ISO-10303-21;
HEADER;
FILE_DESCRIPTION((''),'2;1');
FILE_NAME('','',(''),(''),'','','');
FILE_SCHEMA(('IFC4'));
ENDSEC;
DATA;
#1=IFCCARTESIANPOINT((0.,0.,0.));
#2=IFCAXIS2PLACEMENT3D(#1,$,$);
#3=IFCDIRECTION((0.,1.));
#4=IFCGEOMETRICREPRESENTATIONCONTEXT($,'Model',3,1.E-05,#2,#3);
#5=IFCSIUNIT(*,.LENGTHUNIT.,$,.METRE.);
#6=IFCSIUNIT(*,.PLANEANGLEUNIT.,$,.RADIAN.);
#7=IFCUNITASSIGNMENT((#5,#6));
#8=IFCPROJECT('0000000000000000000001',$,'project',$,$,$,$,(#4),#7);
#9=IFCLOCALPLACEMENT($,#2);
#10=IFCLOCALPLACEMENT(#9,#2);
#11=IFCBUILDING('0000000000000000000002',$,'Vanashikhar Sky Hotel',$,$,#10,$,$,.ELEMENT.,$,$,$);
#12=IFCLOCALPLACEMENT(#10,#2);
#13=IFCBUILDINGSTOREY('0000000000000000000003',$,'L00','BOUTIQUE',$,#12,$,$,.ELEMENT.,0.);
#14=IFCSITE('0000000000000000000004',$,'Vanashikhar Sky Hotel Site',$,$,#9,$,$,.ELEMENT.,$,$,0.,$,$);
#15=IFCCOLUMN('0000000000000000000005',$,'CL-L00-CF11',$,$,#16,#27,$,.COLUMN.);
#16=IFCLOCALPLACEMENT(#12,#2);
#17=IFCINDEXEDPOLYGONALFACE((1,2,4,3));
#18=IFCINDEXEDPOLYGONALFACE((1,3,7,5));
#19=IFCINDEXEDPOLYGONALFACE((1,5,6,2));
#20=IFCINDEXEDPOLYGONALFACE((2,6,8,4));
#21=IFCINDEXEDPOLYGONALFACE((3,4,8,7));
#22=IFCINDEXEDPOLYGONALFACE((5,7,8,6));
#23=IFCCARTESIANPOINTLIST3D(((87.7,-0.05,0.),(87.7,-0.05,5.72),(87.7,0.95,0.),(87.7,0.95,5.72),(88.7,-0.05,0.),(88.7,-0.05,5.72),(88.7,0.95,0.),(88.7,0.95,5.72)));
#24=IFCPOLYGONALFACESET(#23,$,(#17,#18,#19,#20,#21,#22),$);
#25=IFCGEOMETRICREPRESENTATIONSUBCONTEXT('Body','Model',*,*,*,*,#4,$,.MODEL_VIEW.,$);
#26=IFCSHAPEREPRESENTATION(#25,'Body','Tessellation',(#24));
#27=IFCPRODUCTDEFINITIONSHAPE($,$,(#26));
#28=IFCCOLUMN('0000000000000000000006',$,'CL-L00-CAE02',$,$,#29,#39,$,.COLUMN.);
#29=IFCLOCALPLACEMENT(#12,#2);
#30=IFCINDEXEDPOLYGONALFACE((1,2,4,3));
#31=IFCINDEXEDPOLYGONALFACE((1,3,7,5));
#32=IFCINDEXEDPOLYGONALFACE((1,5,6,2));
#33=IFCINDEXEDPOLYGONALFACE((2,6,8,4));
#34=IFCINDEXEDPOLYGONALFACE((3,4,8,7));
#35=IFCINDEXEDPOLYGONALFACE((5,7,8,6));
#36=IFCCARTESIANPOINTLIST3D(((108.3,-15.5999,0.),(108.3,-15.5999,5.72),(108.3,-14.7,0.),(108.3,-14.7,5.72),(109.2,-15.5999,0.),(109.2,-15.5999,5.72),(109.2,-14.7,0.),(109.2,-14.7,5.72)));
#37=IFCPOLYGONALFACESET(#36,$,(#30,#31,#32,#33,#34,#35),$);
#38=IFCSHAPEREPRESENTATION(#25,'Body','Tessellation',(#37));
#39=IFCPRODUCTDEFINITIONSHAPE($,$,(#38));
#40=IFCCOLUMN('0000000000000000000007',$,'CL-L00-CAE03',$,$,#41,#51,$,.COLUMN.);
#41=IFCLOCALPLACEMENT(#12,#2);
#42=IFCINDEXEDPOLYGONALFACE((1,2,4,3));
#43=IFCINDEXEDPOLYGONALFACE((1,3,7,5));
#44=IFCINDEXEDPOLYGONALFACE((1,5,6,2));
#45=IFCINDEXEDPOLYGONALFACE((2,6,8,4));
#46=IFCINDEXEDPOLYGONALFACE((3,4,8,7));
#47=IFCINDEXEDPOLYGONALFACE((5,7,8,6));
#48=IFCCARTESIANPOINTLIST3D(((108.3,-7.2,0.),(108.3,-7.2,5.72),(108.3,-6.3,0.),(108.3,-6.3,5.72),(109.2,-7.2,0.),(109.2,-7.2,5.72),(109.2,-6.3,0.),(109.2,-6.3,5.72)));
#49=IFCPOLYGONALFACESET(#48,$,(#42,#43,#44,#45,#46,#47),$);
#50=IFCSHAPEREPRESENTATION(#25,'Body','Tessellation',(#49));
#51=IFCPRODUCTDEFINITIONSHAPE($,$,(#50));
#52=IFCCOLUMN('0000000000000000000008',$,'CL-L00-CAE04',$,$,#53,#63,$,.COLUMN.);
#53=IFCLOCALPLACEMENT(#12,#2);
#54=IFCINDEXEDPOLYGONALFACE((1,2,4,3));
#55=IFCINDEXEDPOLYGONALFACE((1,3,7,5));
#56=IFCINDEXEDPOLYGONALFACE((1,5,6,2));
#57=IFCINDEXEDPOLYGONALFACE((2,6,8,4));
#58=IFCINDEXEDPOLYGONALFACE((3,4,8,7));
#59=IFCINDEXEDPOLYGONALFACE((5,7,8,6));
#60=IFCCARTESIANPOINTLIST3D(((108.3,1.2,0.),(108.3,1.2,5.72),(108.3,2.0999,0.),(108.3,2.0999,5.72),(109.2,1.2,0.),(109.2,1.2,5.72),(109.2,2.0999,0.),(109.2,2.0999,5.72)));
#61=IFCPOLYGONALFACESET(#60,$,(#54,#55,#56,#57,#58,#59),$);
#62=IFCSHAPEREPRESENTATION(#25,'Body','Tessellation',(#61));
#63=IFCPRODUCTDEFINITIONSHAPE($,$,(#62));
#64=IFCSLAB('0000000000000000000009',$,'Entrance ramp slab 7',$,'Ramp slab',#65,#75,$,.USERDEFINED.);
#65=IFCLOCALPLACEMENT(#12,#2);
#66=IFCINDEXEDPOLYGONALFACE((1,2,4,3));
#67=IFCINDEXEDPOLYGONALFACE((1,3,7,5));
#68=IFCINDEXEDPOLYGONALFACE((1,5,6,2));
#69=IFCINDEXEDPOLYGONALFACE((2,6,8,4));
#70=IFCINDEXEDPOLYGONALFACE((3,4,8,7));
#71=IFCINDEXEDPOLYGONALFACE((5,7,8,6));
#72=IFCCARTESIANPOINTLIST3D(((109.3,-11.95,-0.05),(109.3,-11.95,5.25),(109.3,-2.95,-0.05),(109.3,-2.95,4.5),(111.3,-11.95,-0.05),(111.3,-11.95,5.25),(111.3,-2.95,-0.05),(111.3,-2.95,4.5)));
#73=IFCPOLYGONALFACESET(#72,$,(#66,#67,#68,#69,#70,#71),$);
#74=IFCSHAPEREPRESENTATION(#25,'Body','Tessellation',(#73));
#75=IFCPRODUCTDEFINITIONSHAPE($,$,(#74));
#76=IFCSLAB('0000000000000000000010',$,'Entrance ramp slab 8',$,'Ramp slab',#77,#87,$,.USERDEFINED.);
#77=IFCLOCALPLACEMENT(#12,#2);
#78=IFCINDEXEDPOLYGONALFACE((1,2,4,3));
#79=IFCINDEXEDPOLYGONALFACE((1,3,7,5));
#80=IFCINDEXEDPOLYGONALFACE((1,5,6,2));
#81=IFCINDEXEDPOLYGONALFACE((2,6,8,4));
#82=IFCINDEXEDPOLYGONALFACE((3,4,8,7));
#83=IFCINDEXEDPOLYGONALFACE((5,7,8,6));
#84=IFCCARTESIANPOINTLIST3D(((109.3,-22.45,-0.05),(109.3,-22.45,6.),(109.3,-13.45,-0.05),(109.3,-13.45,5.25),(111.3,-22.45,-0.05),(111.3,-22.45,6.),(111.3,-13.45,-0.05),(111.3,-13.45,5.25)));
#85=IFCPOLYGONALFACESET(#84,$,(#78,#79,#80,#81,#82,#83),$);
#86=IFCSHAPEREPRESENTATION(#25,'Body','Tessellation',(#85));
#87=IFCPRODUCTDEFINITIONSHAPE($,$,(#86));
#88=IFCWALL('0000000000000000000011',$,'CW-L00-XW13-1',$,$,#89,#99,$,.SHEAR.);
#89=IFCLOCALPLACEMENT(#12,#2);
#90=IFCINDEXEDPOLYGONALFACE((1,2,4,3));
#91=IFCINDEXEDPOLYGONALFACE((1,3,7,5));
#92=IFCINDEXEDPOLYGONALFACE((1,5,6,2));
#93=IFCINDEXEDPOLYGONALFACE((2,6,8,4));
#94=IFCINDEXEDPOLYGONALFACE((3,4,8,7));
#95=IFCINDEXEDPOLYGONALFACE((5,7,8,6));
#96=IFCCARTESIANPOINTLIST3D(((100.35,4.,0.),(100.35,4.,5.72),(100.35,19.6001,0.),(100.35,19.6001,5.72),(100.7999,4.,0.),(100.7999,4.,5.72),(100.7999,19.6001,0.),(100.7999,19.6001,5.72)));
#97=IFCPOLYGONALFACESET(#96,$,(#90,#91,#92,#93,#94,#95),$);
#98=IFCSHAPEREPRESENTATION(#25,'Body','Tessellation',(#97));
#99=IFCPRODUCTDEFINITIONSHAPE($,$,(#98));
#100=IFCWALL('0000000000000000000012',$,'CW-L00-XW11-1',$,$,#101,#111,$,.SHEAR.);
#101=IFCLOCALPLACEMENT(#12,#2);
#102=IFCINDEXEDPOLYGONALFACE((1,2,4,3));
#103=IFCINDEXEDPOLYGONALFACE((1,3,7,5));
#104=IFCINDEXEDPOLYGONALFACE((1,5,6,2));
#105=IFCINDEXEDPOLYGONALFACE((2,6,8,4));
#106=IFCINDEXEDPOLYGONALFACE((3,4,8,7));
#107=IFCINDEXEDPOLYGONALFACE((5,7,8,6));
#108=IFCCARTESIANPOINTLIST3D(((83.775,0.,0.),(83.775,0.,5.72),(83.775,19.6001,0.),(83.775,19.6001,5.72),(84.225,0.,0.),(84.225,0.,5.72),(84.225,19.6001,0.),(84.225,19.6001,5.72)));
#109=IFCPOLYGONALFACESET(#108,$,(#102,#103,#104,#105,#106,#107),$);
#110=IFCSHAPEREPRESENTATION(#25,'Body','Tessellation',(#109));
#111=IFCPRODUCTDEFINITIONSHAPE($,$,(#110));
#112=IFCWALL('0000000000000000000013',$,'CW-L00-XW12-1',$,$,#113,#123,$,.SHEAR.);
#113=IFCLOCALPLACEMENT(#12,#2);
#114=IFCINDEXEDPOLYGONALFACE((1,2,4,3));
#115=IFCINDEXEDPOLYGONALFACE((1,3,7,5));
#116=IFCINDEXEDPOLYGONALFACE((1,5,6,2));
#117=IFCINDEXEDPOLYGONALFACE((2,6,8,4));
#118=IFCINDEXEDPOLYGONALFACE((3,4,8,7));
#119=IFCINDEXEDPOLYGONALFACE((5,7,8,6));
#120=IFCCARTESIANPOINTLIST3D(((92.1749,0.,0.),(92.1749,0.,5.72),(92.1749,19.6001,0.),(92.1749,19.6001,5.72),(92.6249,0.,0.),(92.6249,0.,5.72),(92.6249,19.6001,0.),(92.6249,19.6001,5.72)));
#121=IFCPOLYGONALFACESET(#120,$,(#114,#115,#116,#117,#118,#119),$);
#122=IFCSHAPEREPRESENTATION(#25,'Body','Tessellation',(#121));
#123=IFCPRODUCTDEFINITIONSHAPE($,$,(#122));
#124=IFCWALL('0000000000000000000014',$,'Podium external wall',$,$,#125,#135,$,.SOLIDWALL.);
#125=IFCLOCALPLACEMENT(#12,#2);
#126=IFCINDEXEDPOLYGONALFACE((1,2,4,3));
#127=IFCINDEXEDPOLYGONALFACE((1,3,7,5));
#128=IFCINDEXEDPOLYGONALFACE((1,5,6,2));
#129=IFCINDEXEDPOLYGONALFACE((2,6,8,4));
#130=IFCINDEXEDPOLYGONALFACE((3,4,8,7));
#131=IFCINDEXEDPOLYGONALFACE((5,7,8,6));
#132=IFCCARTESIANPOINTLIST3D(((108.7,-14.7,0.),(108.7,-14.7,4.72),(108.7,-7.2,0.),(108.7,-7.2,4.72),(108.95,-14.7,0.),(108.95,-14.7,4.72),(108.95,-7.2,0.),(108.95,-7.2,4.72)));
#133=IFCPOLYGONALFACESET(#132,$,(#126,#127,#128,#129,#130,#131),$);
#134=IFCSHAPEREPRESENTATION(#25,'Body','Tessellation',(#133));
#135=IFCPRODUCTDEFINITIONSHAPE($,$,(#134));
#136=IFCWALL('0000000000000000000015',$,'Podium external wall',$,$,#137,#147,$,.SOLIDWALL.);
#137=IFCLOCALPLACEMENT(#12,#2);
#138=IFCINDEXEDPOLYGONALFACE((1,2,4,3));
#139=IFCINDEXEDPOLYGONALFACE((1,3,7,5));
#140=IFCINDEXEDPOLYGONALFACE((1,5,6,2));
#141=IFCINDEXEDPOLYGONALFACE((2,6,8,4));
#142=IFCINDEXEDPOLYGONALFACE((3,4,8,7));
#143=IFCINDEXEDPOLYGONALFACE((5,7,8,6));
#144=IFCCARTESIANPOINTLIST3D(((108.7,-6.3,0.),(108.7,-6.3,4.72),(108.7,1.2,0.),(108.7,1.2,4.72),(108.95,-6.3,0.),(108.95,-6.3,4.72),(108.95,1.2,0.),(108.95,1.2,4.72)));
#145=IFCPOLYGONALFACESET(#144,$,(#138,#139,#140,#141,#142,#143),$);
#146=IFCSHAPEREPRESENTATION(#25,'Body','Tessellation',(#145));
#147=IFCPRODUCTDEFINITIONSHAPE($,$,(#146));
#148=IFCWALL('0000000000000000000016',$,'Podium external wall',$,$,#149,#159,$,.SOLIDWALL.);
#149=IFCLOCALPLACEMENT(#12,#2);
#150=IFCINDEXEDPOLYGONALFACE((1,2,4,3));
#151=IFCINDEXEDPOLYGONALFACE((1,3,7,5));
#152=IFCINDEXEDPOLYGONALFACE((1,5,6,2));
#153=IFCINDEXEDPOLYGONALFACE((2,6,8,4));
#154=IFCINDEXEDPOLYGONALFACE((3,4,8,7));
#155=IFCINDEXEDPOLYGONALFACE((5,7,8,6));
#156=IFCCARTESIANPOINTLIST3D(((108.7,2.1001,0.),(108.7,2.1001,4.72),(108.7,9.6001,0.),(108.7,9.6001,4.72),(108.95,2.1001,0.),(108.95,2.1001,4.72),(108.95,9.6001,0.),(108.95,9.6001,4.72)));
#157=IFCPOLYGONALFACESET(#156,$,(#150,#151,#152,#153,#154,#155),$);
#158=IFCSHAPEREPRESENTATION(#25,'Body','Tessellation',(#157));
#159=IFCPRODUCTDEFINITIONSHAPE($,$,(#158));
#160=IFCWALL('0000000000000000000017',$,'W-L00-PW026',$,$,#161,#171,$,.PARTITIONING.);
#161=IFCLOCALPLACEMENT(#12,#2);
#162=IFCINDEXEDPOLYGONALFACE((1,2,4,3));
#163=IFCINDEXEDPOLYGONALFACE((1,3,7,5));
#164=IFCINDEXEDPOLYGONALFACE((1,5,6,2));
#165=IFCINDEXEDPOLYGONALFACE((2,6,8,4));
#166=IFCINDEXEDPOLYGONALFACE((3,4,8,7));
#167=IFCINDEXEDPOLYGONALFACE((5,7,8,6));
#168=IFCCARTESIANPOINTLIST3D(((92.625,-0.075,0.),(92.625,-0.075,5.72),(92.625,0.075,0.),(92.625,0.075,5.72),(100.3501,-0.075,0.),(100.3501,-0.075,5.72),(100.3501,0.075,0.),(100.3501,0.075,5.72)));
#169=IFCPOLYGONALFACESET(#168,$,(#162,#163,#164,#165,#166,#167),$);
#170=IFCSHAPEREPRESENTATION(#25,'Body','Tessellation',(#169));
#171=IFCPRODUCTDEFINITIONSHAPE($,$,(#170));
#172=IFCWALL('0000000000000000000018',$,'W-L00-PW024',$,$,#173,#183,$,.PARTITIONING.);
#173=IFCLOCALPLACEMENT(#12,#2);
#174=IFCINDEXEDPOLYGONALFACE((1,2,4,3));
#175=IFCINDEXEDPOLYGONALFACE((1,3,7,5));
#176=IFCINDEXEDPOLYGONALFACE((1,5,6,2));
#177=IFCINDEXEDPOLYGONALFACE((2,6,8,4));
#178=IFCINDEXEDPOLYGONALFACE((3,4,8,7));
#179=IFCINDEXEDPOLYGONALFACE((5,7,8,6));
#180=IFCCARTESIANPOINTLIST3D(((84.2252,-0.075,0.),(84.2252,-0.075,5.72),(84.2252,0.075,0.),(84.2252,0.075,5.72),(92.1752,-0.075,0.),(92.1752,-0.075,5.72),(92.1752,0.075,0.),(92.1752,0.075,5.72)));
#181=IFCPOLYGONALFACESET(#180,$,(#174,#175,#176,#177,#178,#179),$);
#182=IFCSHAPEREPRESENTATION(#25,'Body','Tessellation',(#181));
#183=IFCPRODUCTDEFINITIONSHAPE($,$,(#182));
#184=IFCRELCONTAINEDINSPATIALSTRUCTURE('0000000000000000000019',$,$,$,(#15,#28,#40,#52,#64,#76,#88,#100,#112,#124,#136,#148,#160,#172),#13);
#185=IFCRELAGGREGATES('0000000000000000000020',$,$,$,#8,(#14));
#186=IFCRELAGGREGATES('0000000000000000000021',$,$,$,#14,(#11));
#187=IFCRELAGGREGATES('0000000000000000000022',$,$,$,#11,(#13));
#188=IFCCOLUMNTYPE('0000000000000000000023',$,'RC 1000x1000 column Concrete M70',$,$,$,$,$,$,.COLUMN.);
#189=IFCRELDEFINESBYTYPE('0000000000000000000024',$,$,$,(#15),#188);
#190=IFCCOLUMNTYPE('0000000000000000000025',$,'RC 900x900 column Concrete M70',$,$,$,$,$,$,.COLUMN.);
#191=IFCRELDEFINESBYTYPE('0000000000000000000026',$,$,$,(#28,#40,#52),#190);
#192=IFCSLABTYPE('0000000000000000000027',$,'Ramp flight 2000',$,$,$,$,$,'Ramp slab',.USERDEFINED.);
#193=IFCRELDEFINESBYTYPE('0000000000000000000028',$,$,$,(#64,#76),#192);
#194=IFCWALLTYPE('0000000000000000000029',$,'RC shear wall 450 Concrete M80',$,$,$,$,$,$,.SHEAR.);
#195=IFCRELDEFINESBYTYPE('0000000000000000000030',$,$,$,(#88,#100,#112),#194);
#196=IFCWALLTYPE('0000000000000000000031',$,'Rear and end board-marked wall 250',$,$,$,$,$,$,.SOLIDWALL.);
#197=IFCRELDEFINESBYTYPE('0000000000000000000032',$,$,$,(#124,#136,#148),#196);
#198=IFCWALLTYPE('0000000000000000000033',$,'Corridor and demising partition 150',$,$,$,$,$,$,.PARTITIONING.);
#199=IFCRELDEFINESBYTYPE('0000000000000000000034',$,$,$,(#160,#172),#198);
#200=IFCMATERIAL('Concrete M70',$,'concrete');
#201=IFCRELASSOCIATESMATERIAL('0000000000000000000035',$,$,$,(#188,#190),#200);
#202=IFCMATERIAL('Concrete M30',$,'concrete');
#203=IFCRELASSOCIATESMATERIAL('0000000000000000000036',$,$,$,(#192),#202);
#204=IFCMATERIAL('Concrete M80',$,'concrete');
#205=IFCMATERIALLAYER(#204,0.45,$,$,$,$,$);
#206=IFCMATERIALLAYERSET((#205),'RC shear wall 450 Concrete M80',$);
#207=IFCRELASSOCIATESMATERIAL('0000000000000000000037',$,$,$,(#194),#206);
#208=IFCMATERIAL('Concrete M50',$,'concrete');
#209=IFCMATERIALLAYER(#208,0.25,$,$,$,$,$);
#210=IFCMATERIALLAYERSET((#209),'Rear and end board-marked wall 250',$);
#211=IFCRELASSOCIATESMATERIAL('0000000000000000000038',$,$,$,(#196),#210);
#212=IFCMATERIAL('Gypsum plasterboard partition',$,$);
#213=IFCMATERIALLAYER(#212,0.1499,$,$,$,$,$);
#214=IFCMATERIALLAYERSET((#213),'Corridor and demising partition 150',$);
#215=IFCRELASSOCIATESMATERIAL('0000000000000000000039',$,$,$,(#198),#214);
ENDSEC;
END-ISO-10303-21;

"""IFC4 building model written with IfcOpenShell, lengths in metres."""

from ifc_helpers import new_model, si_unit, direction, frame, frame_2d, origin, origin_2d, place, context, subcontext, project, spatial, polyline, rectangle, outline, extrude, source, transform, mapped, material, layer, layer_set, material_profile, profile_set, type_object, element, save


model = new_model("IFC4")

# Units and contexts
model_context = context("Model", 3, precision=1e-05, world=origin(), true_north=direction((0.0, 1.0)))
body_context = subcontext(model_context, "Body", "Model", "MODEL_VIEW")
ifc_project = project(units=[si_unit("LENGTHUNIT", "METRE"), si_unit("PLANEANGLEUNIT", "RADIAN")], contexts=[model_context])

# Site, building, storey
site_placement = place(None, origin())
site = spatial("IfcSite", under=ifc_project, at=site_placement, Name="Vanashikhar Sky Hotel Site", CompositionType="ELEMENT", RefElevation=0.0)
building_placement = place(site_placement, origin())
building = spatial("IfcBuilding", under=site, at=building_placement, Name="Vanashikhar Sky Hotel", CompositionType="ELEMENT")
storey_placement = place(building_placement, origin())
storey = spatial("IfcBuildingStorey", under=building, at=storey_placement, Name="L00", Description="BOUTIQUE", CompositionType="ELEMENT", Elevation=0.0)

# Columns
ifc_material_1 = material(Name="Concrete M70", Category="concrete")
ifc_material_profile_1 = material_profile(ifc_material_1, rectangle(XDim=1.0, YDim=1.0, at=origin_2d()))
ifc_profile_set_1 = profile_set([ifc_material_profile_1], Name="RC 1000x1000 column Concrete M70")
column_type_1 = type_object("IfcColumnType", Name="RC 1000x1000 column Concrete M70", PredefinedType="COLUMN", material=ifc_profile_set_1)
shared_shape_1 = source(origin(), body_context, "Body", "SweptSolid", [
    extrude(rectangle(XDim=1.0, YDim=1.0, at=origin_2d()), origin(), (0.0, 0.0, 1.0), 5.72),
])
column_placement = place(storey_placement, frame((88.2, 0.45, 0.0), z_axis=(0.0, 0.0, 1.0), x_axis=(1.0, 0.0, 0.0)))
element("IfcColumn", 1, at=column_placement, inside=storey, type_object=column_type_1, Name="CL-L00-CF11", PredefinedType="COLUMN", context=body_context, shape_type="MappedRepresentation", body=[
    mapped(shared_shape_1, transform((0.0, 0.0, 0.0), scale=1.0)),
])
ifc_material_profile_2 = material_profile(ifc_material_1, rectangle(XDim=0.8999, YDim=0.8999, at=origin_2d()))
ifc_profile_set_2 = profile_set([ifc_material_profile_2], Name="RC 900x900 column Concrete M70")
column_type_2 = type_object("IfcColumnType", Name="RC 900x900 column Concrete M70", PredefinedType="COLUMN", material=ifc_profile_set_2)
shared_shape_2 = source(origin(), body_context, "Body", "SweptSolid", [
    extrude(rectangle(XDim=0.8999, YDim=0.8999, at=origin_2d()), origin(), (0.0, 0.0, 1.0), 5.72),
])
for number, where, z_axis, x_axis, name in (
    (2, (108.75, -15.1499, 0.0), (0.0, 0.0, 1.0), (1.0, 0.0, 0.0), "CL-L00-CAE02"),
    (3, (108.75, -6.75, 0.0), (0.0, 0.0, 1.0), (1.0, 0.0, 0.0), "CL-L00-CAE03"),
    (4, (108.75, 1.6499, 0.0), (0.0, 0.0, 1.0), (1.0, 0.0, 0.0), "CL-L00-CAE04"),
):
    element("IfcColumn", number, at=place(storey_placement, frame(where, z_axis=z_axis, x_axis=x_axis)), inside=storey, type_object=column_type_2, Name=name, PredefinedType="COLUMN", context=body_context, shape_type="MappedRepresentation", body=[
        mapped(shared_shape_2, transform((0.0, 0.0, 0.0), scale=1.0)),
    ])

# Slabs
ifc_material_2 = material(Name="Concrete M30", Category="concrete")
slab_type = type_object("IfcSlabType", Name="Ramp flight 2000", ElementType="Ramp slab", PredefinedType="USERDEFINED", material=ifc_material_2)
shared_shape_3 = source(origin(), body_context, "Body", "SweptSolid", [
    extrude(outline(polyline([(0.0, 0.0), (9.0, 0.0), (9.0, 5.3), (0.0, 4.55), (0.0, 0.0)])), frame((0.0, 1.0, 0.0), z_axis=(0.0, -1.0, 0.0), x_axis=(1.0, 0.0, 0.0)), (0.0, 0.0, 1.0), 2.0),
])
slab_1_placement = place(storey_placement, frame((110.3, -2.95, -0.05), z_axis=(0.0, 0.0, 1.0), x_axis=(0.0, -1.0, 0.0)))
element("IfcSlab", 5, at=slab_1_placement, inside=storey, type_object=slab_type, Name="Entrance ramp slab 7", ObjectType="Ramp slab", PredefinedType="USERDEFINED", context=body_context, shape_type="MappedRepresentation", body=[
    mapped(shared_shape_3, transform((0.0, 0.0, 0.0), scale=1.0)),
])
shared_shape_4 = source(origin(), body_context, "Body", "SweptSolid", [
    extrude(outline(polyline([(0.0, 0.0), (9.0, 0.0), (9.0, 6.05), (0.0, 5.3), (0.0, 0.0)])), frame((0.0, 1.0, 0.0), z_axis=(0.0, -1.0, 0.0), x_axis=(1.0, 0.0, 0.0)), (0.0, 0.0, 1.0), 2.0),
])
slab_2_placement = place(storey_placement, frame((110.3, -13.45, -0.05), z_axis=(0.0, 0.0, 1.0), x_axis=(0.0, -1.0, 0.0)))
element("IfcSlab", 6, at=slab_2_placement, inside=storey, type_object=slab_type, Name="Entrance ramp slab 8", ObjectType="Ramp slab", PredefinedType="USERDEFINED", context=body_context, shape_type="MappedRepresentation", body=[
    mapped(shared_shape_4, transform((0.0, 0.0, 0.0), scale=1.0)),
])

# Walls
ifc_material_3 = material(Name="Concrete M80", Category="concrete")
ifc_layer_1 = layer(ifc_material_3, 0.45)
ifc_layer_set_1 = layer_set([ifc_layer_1], Name="RC shear wall 450 Concrete M80")
wall_type_1 = type_object("IfcWallType", Name="RC shear wall 450 Concrete M80", PredefinedType="SHEAR", material=ifc_layer_set_1)
shared_shape_5 = source(origin(), body_context, "Body", "SweptSolid", [
    extrude(rectangle(XDim=15.6001, YDim=0.45, at=frame_2d((7.8, 0.0))), origin(), (0.0, 0.0, 1.0), 5.72),
])
wall_1_placement = place(storey_placement, frame((100.575, 4.0, 0.0), z_axis=(0.0, 0.0, 1.0), x_axis=(0.0, 1.0, 0.0)))
element("IfcWall", 7, at=wall_1_placement, inside=storey, type_object=wall_type_1, Name="CW-L00-XW13-1", PredefinedType="SHEAR", context=body_context, shape_type="MappedRepresentation", body=[
    mapped(shared_shape_5, transform((0.0, 0.0, 0.0), scale=1.0)),
])
shared_shape_6 = source(origin(), body_context, "Body", "SweptSolid", [
    extrude(rectangle(XDim=19.6001, YDim=0.45, at=frame_2d((9.8, 0.0))), origin(), (0.0, 0.0, 1.0), 5.72),
])
for number, where, z_axis, x_axis, name in (
    (8, (84.0, 0.0, 0.0), (0.0, 0.0, 1.0), (0.0, 1.0, 0.0), "CW-L00-XW11-1"),
    (9, (92.3999, 0.0, 0.0), (0.0, 0.0, 1.0), (0.0, 1.0, 0.0), "CW-L00-XW12-1"),
):
    element("IfcWall", number, at=place(storey_placement, frame(where, z_axis=z_axis, x_axis=x_axis)), inside=storey, type_object=wall_type_1, Name=name, PredefinedType="SHEAR", context=body_context, shape_type="MappedRepresentation", body=[
        mapped(shared_shape_6, transform((0.0, 0.0, 0.0), scale=1.0)),
    ])
ifc_material_4 = material(Name="Concrete M50", Category="concrete")
ifc_layer_2 = layer(ifc_material_4, 0.25)
ifc_layer_set_2 = layer_set([ifc_layer_2], Name="Rear and end board-marked wall 250")
wall_type_2 = type_object("IfcWallType", Name="Rear and end board-marked wall 250", PredefinedType="SOLIDWALL", material=ifc_layer_set_2)
shared_shape_7 = source(origin(), body_context, "Body", "SweptSolid", [
    extrude(rectangle(XDim=7.5, YDim=0.25, at=frame_2d((3.75, 0.0))), origin(), (0.0, 0.0, 1.0), 4.72),
])
for number, where, z_axis, x_axis, name in (
    (10, (108.825, -14.7, 0.0), (0.0, 0.0, 1.0), (0.0, 1.0, 0.0), "Podium external wall"),
    (11, (108.825, -6.3, 0.0), (0.0, 0.0, 1.0), (0.0, 1.0, 0.0), "Podium external wall"),
    (12, (108.825, 2.1001, 0.0), (0.0, 0.0, 1.0), (0.0, 1.0, 0.0), "Podium external wall"),
):
    element("IfcWall", number, at=place(storey_placement, frame(where, z_axis=z_axis, x_axis=x_axis)), inside=storey, type_object=wall_type_2, Name=name, PredefinedType="SOLIDWALL", context=body_context, shape_type="MappedRepresentation", body=[
        mapped(shared_shape_7, transform((0.0, 0.0, 0.0), scale=1.0)),
    ])
ifc_material_5 = material(Name="Gypsum plasterboard partition")
ifc_layer_3 = layer(ifc_material_5, 0.1499)
ifc_layer_set_3 = layer_set([ifc_layer_3], Name="Corridor and demising partition 150")
wall_type_3 = type_object("IfcWallType", Name="Corridor and demising partition 150", PredefinedType="PARTITIONING", material=ifc_layer_set_3)
shared_shape_8 = source(origin(), body_context, "Body", "SweptSolid", [
    extrude(rectangle(XDim=7.7251, YDim=0.1499, at=frame_2d((3.8625, 0.0))), origin(), (0.0, 0.0, 1.0), 5.72),
])
wall_2_placement = place(storey_placement, frame((92.625, 0.0, 0.0), z_axis=(0.0, 0.0, 1.0), x_axis=(1.0, 0.0, 0.0)))
element("IfcWall", 13, at=wall_2_placement, inside=storey, type_object=wall_type_3, Name="W-L00-PW026", PredefinedType="PARTITIONING", context=body_context, shape_type="MappedRepresentation", body=[
    mapped(shared_shape_8, transform((0.0, 0.0, 0.0), scale=1.0)),
])
shared_shape_9 = source(origin(), body_context, "Body", "SweptSolid", [
    extrude(rectangle(XDim=7.95, YDim=0.1499, at=frame_2d((3.9751, 0.0))), origin(), (0.0, 0.0, 1.0), 5.72),
])
wall_3_placement = place(storey_placement, frame((84.2251, 0.0, 0.0), z_axis=(0.0, 0.0, 1.0), x_axis=(1.0, 0.0, 0.0)))
element("IfcWall", 14, at=wall_3_placement, inside=storey, type_object=wall_type_3, Name="W-L00-PW024", PredefinedType="PARTITIONING", context=body_context, shape_type="MappedRepresentation", body=[
    mapped(shared_shape_9, transform((0.0, 0.0, 0.0), scale=1.0)),
])

save(model, "model.ifc")
